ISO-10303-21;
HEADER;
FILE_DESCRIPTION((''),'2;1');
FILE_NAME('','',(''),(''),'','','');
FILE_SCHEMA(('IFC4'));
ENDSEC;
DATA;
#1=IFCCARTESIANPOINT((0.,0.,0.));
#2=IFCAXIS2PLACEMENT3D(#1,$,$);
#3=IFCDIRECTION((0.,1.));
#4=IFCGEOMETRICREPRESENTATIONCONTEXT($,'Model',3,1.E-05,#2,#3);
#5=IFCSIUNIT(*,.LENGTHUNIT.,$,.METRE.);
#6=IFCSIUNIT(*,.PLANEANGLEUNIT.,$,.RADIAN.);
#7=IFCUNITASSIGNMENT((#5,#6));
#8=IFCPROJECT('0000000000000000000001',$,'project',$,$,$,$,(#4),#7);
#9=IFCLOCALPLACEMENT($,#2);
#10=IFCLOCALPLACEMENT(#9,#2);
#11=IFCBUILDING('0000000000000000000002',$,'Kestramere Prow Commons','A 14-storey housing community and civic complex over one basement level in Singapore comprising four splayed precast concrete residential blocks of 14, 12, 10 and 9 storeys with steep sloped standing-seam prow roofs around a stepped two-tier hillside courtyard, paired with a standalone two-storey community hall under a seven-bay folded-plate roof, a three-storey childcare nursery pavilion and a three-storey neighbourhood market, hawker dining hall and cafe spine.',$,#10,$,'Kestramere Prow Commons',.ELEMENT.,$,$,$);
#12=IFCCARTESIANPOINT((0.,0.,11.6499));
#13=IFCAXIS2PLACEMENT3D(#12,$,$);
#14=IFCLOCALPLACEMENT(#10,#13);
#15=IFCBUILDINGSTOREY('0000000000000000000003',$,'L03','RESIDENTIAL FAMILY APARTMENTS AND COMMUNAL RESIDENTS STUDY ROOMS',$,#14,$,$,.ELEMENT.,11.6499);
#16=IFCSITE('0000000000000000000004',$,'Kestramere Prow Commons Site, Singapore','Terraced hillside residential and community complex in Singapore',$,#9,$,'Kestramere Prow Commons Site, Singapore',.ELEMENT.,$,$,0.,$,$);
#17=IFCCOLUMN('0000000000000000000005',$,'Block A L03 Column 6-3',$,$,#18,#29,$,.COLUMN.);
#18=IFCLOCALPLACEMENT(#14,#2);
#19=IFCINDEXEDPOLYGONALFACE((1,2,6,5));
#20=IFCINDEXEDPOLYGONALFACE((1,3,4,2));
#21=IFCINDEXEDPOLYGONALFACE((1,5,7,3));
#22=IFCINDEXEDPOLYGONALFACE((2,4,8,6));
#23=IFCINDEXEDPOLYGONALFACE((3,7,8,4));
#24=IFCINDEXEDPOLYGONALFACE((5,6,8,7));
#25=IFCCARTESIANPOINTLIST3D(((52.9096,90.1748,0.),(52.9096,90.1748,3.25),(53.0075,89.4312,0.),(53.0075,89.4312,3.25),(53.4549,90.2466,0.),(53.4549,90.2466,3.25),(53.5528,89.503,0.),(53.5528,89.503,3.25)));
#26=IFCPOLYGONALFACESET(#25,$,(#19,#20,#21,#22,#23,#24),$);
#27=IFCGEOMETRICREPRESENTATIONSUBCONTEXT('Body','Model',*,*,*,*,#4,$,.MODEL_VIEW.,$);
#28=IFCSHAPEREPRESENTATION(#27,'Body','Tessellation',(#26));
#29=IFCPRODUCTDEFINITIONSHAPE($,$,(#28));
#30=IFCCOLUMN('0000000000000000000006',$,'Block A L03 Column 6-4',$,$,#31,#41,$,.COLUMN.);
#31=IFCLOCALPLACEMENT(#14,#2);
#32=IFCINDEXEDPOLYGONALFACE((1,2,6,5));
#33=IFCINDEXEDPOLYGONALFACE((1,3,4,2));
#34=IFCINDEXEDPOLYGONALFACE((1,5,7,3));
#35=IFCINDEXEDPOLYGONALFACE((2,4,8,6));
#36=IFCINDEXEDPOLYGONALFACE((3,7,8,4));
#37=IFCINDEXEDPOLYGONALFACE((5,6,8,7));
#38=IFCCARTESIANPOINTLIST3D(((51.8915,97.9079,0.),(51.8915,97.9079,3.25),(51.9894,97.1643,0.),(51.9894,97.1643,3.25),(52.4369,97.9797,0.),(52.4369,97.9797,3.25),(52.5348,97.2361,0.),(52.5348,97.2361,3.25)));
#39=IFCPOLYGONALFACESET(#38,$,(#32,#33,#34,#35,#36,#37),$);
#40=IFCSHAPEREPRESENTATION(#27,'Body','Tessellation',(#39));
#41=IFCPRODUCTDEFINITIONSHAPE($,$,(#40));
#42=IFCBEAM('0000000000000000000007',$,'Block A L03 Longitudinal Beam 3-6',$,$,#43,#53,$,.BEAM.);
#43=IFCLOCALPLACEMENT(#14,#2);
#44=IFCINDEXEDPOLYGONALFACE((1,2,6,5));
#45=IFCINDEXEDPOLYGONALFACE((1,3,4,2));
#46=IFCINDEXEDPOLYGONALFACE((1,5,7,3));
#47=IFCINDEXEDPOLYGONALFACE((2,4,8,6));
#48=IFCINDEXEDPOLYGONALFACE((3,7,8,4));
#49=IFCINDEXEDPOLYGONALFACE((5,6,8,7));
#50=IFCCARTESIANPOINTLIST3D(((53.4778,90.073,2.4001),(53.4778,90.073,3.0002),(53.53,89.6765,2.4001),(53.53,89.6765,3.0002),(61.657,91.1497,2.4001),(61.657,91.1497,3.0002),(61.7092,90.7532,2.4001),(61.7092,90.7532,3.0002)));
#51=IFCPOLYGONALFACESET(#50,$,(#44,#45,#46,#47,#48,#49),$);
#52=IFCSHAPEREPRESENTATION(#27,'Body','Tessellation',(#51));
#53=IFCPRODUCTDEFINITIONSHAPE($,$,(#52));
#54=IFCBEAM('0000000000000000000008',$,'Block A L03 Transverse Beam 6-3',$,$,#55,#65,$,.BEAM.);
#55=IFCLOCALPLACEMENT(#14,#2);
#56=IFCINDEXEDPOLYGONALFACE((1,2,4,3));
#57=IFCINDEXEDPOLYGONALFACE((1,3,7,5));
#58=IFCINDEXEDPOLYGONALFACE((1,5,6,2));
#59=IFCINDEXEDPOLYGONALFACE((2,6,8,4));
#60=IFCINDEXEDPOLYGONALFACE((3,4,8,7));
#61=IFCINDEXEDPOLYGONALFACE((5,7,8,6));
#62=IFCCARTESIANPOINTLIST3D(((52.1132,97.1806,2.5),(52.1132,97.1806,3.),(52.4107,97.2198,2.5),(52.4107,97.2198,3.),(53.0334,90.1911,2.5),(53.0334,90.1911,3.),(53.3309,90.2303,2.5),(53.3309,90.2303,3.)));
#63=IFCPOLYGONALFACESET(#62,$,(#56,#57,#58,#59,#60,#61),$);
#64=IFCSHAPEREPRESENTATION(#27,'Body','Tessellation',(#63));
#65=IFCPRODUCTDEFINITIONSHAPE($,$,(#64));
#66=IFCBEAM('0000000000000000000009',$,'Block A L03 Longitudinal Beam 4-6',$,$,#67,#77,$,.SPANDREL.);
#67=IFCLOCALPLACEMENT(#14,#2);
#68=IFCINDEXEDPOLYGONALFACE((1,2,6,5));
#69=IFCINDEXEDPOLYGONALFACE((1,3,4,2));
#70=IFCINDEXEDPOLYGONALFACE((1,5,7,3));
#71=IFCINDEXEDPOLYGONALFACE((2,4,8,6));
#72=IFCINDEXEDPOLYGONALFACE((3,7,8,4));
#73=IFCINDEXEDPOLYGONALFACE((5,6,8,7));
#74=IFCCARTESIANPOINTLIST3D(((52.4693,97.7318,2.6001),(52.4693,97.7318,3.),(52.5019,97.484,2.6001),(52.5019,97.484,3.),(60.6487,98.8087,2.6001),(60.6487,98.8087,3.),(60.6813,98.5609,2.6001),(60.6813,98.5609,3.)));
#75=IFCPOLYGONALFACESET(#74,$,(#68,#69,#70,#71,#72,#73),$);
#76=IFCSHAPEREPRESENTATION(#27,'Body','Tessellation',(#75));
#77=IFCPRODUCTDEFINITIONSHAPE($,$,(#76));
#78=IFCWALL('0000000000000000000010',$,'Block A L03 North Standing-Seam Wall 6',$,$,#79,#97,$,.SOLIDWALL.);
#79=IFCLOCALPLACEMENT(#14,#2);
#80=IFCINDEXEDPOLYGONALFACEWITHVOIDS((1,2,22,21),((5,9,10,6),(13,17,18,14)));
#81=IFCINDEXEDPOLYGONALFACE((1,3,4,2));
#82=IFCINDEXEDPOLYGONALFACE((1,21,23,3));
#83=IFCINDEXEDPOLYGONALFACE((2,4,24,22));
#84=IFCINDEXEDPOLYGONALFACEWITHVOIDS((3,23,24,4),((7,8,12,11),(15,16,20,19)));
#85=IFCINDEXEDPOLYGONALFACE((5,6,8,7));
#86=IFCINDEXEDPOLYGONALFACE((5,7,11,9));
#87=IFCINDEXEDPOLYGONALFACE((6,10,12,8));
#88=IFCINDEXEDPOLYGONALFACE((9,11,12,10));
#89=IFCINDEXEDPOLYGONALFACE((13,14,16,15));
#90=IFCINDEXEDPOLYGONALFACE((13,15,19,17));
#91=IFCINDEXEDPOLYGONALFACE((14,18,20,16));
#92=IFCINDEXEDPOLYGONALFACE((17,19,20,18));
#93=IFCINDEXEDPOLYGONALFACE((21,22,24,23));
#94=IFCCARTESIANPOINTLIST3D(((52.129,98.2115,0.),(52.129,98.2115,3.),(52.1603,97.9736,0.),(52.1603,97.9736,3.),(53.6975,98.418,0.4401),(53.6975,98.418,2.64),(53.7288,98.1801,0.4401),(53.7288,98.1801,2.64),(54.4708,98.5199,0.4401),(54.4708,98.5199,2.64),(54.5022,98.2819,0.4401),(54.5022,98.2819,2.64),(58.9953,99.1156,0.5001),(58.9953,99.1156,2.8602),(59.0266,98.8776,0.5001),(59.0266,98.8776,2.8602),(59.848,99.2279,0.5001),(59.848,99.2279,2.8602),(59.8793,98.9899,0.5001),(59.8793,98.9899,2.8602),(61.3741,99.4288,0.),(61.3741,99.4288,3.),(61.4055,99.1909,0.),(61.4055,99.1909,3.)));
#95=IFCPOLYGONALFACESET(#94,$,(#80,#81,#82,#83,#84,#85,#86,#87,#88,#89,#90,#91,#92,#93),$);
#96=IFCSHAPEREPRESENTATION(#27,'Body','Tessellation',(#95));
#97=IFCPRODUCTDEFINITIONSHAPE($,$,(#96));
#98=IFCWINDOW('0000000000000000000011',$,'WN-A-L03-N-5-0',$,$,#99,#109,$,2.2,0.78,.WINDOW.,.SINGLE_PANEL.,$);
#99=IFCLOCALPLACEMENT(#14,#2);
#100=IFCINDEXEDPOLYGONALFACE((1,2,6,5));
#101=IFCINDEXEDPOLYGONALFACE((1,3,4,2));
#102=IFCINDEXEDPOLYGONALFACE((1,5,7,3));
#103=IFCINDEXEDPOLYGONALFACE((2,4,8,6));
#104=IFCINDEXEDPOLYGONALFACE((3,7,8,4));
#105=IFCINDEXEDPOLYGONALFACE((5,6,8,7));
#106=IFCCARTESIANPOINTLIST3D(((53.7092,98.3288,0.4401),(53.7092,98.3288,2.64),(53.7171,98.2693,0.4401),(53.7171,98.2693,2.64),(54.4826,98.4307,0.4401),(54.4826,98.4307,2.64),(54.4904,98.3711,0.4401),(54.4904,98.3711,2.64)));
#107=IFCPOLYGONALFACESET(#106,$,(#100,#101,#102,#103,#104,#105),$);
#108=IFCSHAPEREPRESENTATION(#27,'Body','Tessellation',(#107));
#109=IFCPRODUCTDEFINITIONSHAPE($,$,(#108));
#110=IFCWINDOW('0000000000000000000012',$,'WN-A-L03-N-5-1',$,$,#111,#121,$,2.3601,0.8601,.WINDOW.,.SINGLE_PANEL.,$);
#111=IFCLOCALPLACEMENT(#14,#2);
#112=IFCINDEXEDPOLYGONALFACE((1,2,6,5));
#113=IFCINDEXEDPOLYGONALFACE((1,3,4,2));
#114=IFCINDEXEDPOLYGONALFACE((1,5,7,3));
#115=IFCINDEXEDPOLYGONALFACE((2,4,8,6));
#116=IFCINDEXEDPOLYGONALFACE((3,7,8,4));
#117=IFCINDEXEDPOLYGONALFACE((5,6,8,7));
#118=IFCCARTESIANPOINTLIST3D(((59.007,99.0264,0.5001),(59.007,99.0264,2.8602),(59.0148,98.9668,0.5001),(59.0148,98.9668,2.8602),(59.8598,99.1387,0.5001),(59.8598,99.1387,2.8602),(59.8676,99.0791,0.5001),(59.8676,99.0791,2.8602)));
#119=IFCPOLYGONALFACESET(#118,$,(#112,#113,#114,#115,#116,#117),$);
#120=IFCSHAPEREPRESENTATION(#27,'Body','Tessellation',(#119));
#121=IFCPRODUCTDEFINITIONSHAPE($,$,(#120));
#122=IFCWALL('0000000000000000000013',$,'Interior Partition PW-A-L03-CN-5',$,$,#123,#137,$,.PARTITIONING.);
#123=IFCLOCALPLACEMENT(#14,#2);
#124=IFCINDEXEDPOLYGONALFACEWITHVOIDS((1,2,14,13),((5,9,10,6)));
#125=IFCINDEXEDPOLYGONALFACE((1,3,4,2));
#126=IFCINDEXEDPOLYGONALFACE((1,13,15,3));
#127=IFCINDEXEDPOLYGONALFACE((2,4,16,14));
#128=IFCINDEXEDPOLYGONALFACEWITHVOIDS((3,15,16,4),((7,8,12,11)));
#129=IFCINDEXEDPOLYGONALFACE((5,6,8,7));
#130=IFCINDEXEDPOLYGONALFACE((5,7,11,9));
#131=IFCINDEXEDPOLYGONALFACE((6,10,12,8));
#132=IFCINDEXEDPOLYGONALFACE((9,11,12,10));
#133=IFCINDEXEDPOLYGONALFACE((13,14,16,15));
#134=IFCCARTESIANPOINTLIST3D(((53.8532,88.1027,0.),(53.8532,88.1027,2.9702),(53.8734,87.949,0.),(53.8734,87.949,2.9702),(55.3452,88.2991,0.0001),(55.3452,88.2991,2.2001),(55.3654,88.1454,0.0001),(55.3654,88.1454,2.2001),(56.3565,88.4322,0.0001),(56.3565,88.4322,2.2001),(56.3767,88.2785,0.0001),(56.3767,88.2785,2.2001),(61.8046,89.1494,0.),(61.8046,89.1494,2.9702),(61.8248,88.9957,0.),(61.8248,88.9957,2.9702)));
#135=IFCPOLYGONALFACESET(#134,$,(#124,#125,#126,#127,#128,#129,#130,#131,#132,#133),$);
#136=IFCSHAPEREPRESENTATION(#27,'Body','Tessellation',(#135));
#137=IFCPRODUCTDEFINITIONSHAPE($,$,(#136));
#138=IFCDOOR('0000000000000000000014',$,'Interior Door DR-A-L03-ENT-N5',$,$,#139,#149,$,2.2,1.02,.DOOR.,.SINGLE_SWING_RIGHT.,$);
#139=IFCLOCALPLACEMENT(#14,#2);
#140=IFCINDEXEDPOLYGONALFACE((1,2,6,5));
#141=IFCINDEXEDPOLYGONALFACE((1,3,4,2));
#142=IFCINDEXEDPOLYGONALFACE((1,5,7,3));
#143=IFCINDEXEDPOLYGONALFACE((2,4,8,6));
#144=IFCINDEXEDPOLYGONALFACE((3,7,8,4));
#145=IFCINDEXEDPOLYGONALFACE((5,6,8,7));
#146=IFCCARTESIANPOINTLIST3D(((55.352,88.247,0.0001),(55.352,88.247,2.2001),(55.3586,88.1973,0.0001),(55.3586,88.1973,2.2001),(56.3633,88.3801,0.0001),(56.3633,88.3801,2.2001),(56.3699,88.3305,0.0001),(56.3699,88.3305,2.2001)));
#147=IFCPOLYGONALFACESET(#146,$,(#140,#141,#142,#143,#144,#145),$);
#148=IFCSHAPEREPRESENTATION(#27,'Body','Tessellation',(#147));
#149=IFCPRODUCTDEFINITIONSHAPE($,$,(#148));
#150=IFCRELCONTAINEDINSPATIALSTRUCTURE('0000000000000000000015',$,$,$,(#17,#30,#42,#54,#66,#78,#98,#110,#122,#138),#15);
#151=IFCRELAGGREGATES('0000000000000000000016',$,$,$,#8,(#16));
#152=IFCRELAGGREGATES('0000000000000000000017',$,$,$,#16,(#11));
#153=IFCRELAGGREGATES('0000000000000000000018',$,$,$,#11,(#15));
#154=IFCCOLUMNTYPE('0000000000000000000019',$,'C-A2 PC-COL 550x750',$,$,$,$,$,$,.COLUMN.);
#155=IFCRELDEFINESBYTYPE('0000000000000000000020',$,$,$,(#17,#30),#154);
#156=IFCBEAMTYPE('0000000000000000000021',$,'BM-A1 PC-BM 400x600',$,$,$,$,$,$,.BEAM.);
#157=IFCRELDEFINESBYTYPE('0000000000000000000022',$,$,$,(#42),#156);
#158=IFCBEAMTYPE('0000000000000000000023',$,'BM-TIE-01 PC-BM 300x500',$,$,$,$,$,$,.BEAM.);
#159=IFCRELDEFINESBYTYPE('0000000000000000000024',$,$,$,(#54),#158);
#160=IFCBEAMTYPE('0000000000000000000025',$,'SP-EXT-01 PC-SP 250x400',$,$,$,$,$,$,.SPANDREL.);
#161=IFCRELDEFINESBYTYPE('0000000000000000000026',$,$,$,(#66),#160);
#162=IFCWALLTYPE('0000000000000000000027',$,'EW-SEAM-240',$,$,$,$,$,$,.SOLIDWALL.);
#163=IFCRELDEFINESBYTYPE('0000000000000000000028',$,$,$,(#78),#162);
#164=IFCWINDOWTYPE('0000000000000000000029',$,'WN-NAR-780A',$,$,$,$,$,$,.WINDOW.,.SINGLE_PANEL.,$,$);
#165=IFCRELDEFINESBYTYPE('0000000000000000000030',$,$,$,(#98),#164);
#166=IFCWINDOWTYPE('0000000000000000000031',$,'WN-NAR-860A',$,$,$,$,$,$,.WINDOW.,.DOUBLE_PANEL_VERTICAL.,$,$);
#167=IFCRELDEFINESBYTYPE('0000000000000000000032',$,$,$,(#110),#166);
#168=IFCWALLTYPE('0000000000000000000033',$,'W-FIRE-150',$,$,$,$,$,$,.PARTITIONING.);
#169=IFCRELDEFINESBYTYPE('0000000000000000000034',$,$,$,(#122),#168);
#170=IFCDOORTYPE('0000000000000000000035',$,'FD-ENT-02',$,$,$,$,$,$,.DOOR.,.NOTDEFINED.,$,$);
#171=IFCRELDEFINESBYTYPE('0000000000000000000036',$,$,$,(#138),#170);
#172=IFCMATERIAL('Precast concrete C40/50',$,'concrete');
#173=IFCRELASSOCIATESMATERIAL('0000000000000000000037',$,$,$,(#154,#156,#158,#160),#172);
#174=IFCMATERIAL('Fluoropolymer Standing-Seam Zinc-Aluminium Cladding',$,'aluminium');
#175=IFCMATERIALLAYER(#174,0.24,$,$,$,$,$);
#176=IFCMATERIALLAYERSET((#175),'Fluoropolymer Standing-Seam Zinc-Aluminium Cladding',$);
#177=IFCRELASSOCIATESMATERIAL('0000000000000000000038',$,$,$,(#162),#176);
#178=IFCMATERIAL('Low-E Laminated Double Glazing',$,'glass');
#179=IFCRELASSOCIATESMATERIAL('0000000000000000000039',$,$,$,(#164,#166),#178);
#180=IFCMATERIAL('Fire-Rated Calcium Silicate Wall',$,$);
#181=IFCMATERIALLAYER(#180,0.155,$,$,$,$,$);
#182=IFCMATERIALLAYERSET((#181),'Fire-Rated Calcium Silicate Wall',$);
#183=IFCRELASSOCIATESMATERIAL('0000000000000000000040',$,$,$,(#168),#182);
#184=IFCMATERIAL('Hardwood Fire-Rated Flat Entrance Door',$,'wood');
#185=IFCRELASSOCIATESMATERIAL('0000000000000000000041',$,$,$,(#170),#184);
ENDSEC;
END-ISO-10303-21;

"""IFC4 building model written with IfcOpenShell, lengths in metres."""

from ifc_helpers import new_model, si_unit, direction, frame, frame_2d, origin, origin_2d, place, context, subcontext, project, spatial, rectangle, extrude, material, layer, layer_set, material_profile, profile_set, type_object, element, fill, save


model = new_model("IFC4")

# Units and contexts
model_context = context("Model", 3, precision=1e-05, world=origin(), true_north=direction((0.0, 1.0)))
body_context = subcontext(model_context, "Body", "Model", "MODEL_VIEW")
ifc_project = project(units=[si_unit("LENGTHUNIT", "METRE"), si_unit("PLANEANGLEUNIT", "RADIAN")], contexts=[model_context])

# Site, building, storey
site_placement = place(None, origin())
site = spatial("IfcSite", under=ifc_project, at=site_placement, Name="Kestramere Prow Commons Site, Singapore", Description="Terraced hillside residential and community complex in Singapore", LongName="Kestramere Prow Commons Site, Singapore", CompositionType="ELEMENT", RefElevation=0.0)
building_placement = place(site_placement, origin())
building = spatial("IfcBuilding", under=site, at=building_placement, Name="Kestramere Prow Commons", Description="A 14-storey housing community and civic complex over one basement level in Singapore comprising four splayed precast concrete residential blocks of 14, 12, 10 and 9 storeys with steep sloped standing-seam prow roofs around a stepped two-tier hillside courtyard, paired with a standalone two-storey community hall under a seven-bay folded-plate roof, a three-storey childcare nursery pavilion and a three-storey neighbourhood market, hawker dining hall and cafe spine.", LongName="Kestramere Prow Commons", CompositionType="ELEMENT")
storey_placement = place(building_placement, frame((0.0, 0.0, 11.6499)))
storey = spatial("IfcBuildingStorey", under=building, at=storey_placement, Name="L03", Description="RESIDENTIAL FAMILY APARTMENTS AND COMMUNAL RESIDENTS STUDY ROOMS", CompositionType="ELEMENT", Elevation=11.6499)

# Columns
ifc_material_1 = material(Name="Precast concrete C40/50", Category="concrete")
ifc_material_profile_1 = material_profile(ifc_material_1, rectangle(XDim=0.55, YDim=0.75, at=origin_2d()), Name="PC-COL 550x750")
ifc_profile_set_1 = profile_set([ifc_material_profile_1], Name="Precast concrete C40/50")
column_type = type_object("IfcColumnType", Name="C-A2 PC-COL 550x750", PredefinedType="COLUMN", material=ifc_profile_set_1)
for number, where, z_axis, x_axis, name in (
    (1, (53.2312, 89.8389, 0.0), (0.0, 0.0, 1.0), (0.991445, 0.130526, 0.0), "Block A L03 Column 6-3"),
    (2, (52.2131, 97.572, 0.0), (0.0, 0.0, 1.0), (0.991445, 0.130526, 0.0), "Block A L03 Column 6-4"),
):
    element("IfcColumn", number, at=place(storey_placement, frame(where, z_axis=z_axis, x_axis=x_axis)), inside=storey, type_object=column_type, Name=name, PredefinedType="COLUMN", context=body_context, shape_type="SweptSolid", body=[
        extrude(rectangle(XDim=0.55, YDim=0.75, at=origin_2d()), origin(), (0.0, 0.0, 1.0), 3.25),
    ])

# Beams
ifc_material_profile_2 = material_profile(ifc_material_1, rectangle(XDim=0.3999, YDim=0.6001, at=origin_2d()), Name="PC-BM 400x600")
ifc_profile_set_2 = profile_set([ifc_material_profile_2], Name="Precast concrete C40/50")
beam_type_1 = type_object("IfcBeamType", Name="BM-A1 PC-BM 400x600", PredefinedType="BEAM", material=ifc_profile_set_2)
beam_1_placement = place(storey_placement, frame((53.5039, 89.8748, 2.7002), z_axis=(0.991447, 0.130508, 0.0), x_axis=(-0.130508, 0.991447, 0.0)))
element("IfcBeam", 3, at=beam_1_placement, inside=storey, type_object=beam_type_1, Name="Block A L03 Longitudinal Beam 3-6", PredefinedType="BEAM", context=body_context, shape_type="SweptSolid", body=[
    extrude(rectangle(XDim=0.3999, YDim=0.6001, at=origin_2d()), origin(), (0.0, 0.0, 1.0), 8.2498),
])
ifc_material_profile_3 = material_profile(ifc_material_1, rectangle(XDim=0.3, YDim=0.5, at=origin_2d()), Name="PC-BM 300x500")
ifc_profile_set_3 = profile_set([ifc_material_profile_3], Name="Precast concrete C40/50")
beam_type_2 = type_object("IfcBeamType", Name="BM-TIE-01 PC-BM 300x500", PredefinedType="BEAM", material=ifc_profile_set_3)
beam_2_placement = place(storey_placement, frame((53.1821, 90.2107, 2.75), z_axis=(-0.130523, 0.991445, 0.0), x_axis=(-0.991445, -0.130523, 0.0)))
element("IfcBeam", 4, at=beam_2_placement, inside=storey, type_object=beam_type_2, Name="Block A L03 Transverse Beam 6-3", PredefinedType="BEAM", context=body_context, shape_type="SweptSolid", body=[
    extrude(rectangle(XDim=0.3, YDim=0.5, at=origin_2d()), origin(), (0.0, 0.0, 1.0), 7.0498),
])
ifc_material_profile_4 = material_profile(ifc_material_1, rectangle(XDim=0.25, YDim=0.3999, at=origin_2d()), Name="PC-SP 250x400")
ifc_profile_set_4 = profile_set([ifc_material_profile_4], Name="Precast concrete C40/50")
beam_type_3 = type_object("IfcBeamType", Name="SP-EXT-01 PC-SP 250x400", PredefinedType="SPANDREL", material=ifc_profile_set_4)
beam_3_placement = place(storey_placement, frame((52.4856, 97.6079, 2.8), z_axis=(0.991444, 0.130533, 0.0), x_axis=(-0.130533, 0.991444, 0.0)))
element("IfcBeam", 5, at=beam_3_placement, inside=storey, type_object=beam_type_3, Name="Block A L03 Longitudinal Beam 4-6", PredefinedType="SPANDREL", context=body_context, shape_type="SweptSolid", body=[
    extrude(rectangle(XDim=0.25, YDim=0.3999, at=origin_2d()), origin(), (0.0, 0.0, 1.0), 8.25),
])

# Wall, openings, windows
ifc_material_2 = material(Name="Fluoropolymer Standing-Seam Zinc-Aluminium Cladding", Category="aluminium")
ifc_layer_1 = layer(ifc_material_2, 0.24)
ifc_layer_set_1 = layer_set([ifc_layer_1], Name="Fluoropolymer Standing-Seam Zinc-Aluminium Cladding")
wall_type_1 = type_object("IfcWallType", Name="EW-SEAM-240", PredefinedType="SOLIDWALL", material=ifc_layer_set_1)
wall_1_placement = place(storey_placement, frame((52.1445, 98.0925, 0.0), z_axis=(0.0, 0.0, 1.0), x_axis=(0.991443, 0.130541, 0.0)))
wall_1 = element("IfcWall", 6, at=wall_1_placement, inside=storey, type_object=wall_type_1, Name="Block A L03 North Standing-Seam Wall 6", PredefinedType="SOLIDWALL", context=body_context, shape_type="SweptSolid", body=[
    extrude(rectangle(XDim=9.325, YDim=0.24, at=frame_2d((4.6626, 0.0))), origin(), (0.0, 0.0, 1.0), 3.0),
])
opening_1_placement = place(wall_1_placement, frame((1.582, 0.0, 0.4399)))
opening_1 = element("IfcOpeningElement", 7, at=opening_1_placement, cuts=wall_1, PredefinedType="OPENING", context=body_context, shape_type="SweptSolid", body=[
    extrude(rectangle(XDim=0.78, YDim=2.2, at=frame_2d((0.3901, 1.1001))), frame((0.0, 0.135, 0.0), z_axis=(0.0, -1.0, 0.0), x_axis=(1.0, 0.0, 0.0)), (0.0, 0.0, 1.0), 0.27),
])
opening_2_placement = place(wall_1_placement, frame((6.9255, 0.0, 0.5)))
opening_2 = element("IfcOpeningElement", 8, at=opening_2_placement, cuts=wall_1, PredefinedType="OPENING", context=body_context, shape_type="SweptSolid", body=[
    extrude(rectangle(XDim=0.8601, YDim=2.3601, at=frame_2d((0.4302, 1.1802))), frame((0.0, 0.135, 0.0), z_axis=(0.0, -1.0, 0.0), x_axis=(1.0, 0.0, 0.0)), (0.0, 0.0, 1.0), 0.27),
])
ifc_material_3 = material(Name="Low-E Laminated Double Glazing", Category="glass")
window_type_1 = type_object("IfcWindowType", Name="WN-NAR-780A", PartitioningType="SINGLE_PANEL", PredefinedType="WINDOW", material=ifc_material_3)
window_1_placement = place(opening_1_placement, origin())
window_1 = element("IfcWindow", 9, at=window_1_placement, inside=storey, type_object=window_type_1, Name="WN-A-L03-N-5-0", OverallHeight=2.2, OverallWidth=0.78, PartitioningType="SINGLE_PANEL", PredefinedType="WINDOW", context=body_context, shape_type="SweptSolid", body=[
    extrude(rectangle(XDim=0.78, YDim=2.2, at=frame_2d((0.3901, 1.1001))), frame((0.0, 0.03, 0.0), z_axis=(0.0, -1.0, 0.0), x_axis=(1.0, 0.0, 0.0)), (0.0, 0.0, 1.0), 0.0601),
])
fill(opening_1, window_1)
window_type_2 = type_object("IfcWindowType", Name="WN-NAR-860A", PartitioningType="DOUBLE_PANEL_VERTICAL", PredefinedType="WINDOW", material=ifc_material_3)
window_2_placement = place(opening_2_placement, origin())
window_2 = element("IfcWindow", 10, at=window_2_placement, inside=storey, type_object=window_type_2, Name="WN-A-L03-N-5-1", OverallHeight=2.3601, OverallWidth=0.8601, PartitioningType="SINGLE_PANEL", PredefinedType="WINDOW", context=body_context, shape_type="SweptSolid", body=[
    extrude(rectangle(XDim=0.8601, YDim=2.3601, at=frame_2d((0.4302, 1.1802))), frame((0.0, 0.03, 0.0), z_axis=(0.0, -1.0, 0.0), x_axis=(1.0, 0.0, 0.0)), (0.0, 0.0, 1.0), 0.0601),
])
fill(opening_2, window_2)

# Wall, opening, door
ifc_material_4 = material(Name="Fire-Rated Calcium Silicate Wall")
ifc_layer_2 = layer(ifc_material_4, 0.155)
ifc_layer_set_2 = layer_set([ifc_layer_2], Name="Fire-Rated Calcium Silicate Wall")
wall_type_2 = type_object("IfcWallType", Name="W-FIRE-150", PredefinedType="PARTITIONING", material=ifc_layer_set_2)
wall_2_placement = place(storey_placement, frame((53.8633, 88.0259, 0.0), z_axis=(0.0, 0.0, 1.0), x_axis=(0.991448, 0.130503, 0.0)))
wall_2 = element("IfcWall", 11, at=wall_2_placement, inside=storey, type_object=wall_type_2, Name="Interior Partition PW-A-L03-CN-5", PredefinedType="PARTITIONING", context=body_context, shape_type="SweptSolid", body=[
    extrude(rectangle(XDim=8.02, YDim=0.155, at=frame_2d((4.01, 0.0))), origin(), (0.0, 0.0, 1.0), 2.9702),
])
opening_3_placement = place(wall_2_placement, frame((1.5049, 0.0, 0.0)))
opening_3 = element("IfcOpeningElement", 12, at=opening_3_placement, cuts=wall_2, PredefinedType="OPENING", context=body_context, shape_type="SweptSolid", body=[
    extrude(rectangle(XDim=1.02, YDim=2.2, at=frame_2d((0.51, 1.1001))), frame((0.0, 0.0925, 0.0), z_axis=(0.0, -1.0, 0.0), x_axis=(1.0, 0.0, 0.0)), (0.0, 0.0, 1.0), 0.1851),
])
ifc_material_5 = material(Name="Hardwood Fire-Rated Flat Entrance Door", Category="wood")
door_type_1 = type_object("IfcDoorType", Name="FD-ENT-02", OperationType="NOTDEFINED", PredefinedType="DOOR", material=ifc_material_5)
door_1_placement = place(opening_3_placement, origin())
door_1 = element("IfcDoor", 13, at=door_1_placement, inside=storey, type_object=door_type_1, Name="Interior Door DR-A-L03-ENT-N5", OperationType="SINGLE_SWING_RIGHT", OverallHeight=2.2, OverallWidth=1.02, PredefinedType="DOOR", context=body_context, shape_type="SweptSolid", body=[
    extrude(rectangle(XDim=1.02, YDim=2.2, at=frame_2d((0.51, 1.1001))), frame((0.0, 0.0249, 0.0), z_axis=(0.0, -1.0, 0.0), x_axis=(1.0, 0.0, 0.0)), (0.0, 0.0, 1.0), 0.05),
])
fill(opening_3, door_1)

save(model, "model.ifc")
